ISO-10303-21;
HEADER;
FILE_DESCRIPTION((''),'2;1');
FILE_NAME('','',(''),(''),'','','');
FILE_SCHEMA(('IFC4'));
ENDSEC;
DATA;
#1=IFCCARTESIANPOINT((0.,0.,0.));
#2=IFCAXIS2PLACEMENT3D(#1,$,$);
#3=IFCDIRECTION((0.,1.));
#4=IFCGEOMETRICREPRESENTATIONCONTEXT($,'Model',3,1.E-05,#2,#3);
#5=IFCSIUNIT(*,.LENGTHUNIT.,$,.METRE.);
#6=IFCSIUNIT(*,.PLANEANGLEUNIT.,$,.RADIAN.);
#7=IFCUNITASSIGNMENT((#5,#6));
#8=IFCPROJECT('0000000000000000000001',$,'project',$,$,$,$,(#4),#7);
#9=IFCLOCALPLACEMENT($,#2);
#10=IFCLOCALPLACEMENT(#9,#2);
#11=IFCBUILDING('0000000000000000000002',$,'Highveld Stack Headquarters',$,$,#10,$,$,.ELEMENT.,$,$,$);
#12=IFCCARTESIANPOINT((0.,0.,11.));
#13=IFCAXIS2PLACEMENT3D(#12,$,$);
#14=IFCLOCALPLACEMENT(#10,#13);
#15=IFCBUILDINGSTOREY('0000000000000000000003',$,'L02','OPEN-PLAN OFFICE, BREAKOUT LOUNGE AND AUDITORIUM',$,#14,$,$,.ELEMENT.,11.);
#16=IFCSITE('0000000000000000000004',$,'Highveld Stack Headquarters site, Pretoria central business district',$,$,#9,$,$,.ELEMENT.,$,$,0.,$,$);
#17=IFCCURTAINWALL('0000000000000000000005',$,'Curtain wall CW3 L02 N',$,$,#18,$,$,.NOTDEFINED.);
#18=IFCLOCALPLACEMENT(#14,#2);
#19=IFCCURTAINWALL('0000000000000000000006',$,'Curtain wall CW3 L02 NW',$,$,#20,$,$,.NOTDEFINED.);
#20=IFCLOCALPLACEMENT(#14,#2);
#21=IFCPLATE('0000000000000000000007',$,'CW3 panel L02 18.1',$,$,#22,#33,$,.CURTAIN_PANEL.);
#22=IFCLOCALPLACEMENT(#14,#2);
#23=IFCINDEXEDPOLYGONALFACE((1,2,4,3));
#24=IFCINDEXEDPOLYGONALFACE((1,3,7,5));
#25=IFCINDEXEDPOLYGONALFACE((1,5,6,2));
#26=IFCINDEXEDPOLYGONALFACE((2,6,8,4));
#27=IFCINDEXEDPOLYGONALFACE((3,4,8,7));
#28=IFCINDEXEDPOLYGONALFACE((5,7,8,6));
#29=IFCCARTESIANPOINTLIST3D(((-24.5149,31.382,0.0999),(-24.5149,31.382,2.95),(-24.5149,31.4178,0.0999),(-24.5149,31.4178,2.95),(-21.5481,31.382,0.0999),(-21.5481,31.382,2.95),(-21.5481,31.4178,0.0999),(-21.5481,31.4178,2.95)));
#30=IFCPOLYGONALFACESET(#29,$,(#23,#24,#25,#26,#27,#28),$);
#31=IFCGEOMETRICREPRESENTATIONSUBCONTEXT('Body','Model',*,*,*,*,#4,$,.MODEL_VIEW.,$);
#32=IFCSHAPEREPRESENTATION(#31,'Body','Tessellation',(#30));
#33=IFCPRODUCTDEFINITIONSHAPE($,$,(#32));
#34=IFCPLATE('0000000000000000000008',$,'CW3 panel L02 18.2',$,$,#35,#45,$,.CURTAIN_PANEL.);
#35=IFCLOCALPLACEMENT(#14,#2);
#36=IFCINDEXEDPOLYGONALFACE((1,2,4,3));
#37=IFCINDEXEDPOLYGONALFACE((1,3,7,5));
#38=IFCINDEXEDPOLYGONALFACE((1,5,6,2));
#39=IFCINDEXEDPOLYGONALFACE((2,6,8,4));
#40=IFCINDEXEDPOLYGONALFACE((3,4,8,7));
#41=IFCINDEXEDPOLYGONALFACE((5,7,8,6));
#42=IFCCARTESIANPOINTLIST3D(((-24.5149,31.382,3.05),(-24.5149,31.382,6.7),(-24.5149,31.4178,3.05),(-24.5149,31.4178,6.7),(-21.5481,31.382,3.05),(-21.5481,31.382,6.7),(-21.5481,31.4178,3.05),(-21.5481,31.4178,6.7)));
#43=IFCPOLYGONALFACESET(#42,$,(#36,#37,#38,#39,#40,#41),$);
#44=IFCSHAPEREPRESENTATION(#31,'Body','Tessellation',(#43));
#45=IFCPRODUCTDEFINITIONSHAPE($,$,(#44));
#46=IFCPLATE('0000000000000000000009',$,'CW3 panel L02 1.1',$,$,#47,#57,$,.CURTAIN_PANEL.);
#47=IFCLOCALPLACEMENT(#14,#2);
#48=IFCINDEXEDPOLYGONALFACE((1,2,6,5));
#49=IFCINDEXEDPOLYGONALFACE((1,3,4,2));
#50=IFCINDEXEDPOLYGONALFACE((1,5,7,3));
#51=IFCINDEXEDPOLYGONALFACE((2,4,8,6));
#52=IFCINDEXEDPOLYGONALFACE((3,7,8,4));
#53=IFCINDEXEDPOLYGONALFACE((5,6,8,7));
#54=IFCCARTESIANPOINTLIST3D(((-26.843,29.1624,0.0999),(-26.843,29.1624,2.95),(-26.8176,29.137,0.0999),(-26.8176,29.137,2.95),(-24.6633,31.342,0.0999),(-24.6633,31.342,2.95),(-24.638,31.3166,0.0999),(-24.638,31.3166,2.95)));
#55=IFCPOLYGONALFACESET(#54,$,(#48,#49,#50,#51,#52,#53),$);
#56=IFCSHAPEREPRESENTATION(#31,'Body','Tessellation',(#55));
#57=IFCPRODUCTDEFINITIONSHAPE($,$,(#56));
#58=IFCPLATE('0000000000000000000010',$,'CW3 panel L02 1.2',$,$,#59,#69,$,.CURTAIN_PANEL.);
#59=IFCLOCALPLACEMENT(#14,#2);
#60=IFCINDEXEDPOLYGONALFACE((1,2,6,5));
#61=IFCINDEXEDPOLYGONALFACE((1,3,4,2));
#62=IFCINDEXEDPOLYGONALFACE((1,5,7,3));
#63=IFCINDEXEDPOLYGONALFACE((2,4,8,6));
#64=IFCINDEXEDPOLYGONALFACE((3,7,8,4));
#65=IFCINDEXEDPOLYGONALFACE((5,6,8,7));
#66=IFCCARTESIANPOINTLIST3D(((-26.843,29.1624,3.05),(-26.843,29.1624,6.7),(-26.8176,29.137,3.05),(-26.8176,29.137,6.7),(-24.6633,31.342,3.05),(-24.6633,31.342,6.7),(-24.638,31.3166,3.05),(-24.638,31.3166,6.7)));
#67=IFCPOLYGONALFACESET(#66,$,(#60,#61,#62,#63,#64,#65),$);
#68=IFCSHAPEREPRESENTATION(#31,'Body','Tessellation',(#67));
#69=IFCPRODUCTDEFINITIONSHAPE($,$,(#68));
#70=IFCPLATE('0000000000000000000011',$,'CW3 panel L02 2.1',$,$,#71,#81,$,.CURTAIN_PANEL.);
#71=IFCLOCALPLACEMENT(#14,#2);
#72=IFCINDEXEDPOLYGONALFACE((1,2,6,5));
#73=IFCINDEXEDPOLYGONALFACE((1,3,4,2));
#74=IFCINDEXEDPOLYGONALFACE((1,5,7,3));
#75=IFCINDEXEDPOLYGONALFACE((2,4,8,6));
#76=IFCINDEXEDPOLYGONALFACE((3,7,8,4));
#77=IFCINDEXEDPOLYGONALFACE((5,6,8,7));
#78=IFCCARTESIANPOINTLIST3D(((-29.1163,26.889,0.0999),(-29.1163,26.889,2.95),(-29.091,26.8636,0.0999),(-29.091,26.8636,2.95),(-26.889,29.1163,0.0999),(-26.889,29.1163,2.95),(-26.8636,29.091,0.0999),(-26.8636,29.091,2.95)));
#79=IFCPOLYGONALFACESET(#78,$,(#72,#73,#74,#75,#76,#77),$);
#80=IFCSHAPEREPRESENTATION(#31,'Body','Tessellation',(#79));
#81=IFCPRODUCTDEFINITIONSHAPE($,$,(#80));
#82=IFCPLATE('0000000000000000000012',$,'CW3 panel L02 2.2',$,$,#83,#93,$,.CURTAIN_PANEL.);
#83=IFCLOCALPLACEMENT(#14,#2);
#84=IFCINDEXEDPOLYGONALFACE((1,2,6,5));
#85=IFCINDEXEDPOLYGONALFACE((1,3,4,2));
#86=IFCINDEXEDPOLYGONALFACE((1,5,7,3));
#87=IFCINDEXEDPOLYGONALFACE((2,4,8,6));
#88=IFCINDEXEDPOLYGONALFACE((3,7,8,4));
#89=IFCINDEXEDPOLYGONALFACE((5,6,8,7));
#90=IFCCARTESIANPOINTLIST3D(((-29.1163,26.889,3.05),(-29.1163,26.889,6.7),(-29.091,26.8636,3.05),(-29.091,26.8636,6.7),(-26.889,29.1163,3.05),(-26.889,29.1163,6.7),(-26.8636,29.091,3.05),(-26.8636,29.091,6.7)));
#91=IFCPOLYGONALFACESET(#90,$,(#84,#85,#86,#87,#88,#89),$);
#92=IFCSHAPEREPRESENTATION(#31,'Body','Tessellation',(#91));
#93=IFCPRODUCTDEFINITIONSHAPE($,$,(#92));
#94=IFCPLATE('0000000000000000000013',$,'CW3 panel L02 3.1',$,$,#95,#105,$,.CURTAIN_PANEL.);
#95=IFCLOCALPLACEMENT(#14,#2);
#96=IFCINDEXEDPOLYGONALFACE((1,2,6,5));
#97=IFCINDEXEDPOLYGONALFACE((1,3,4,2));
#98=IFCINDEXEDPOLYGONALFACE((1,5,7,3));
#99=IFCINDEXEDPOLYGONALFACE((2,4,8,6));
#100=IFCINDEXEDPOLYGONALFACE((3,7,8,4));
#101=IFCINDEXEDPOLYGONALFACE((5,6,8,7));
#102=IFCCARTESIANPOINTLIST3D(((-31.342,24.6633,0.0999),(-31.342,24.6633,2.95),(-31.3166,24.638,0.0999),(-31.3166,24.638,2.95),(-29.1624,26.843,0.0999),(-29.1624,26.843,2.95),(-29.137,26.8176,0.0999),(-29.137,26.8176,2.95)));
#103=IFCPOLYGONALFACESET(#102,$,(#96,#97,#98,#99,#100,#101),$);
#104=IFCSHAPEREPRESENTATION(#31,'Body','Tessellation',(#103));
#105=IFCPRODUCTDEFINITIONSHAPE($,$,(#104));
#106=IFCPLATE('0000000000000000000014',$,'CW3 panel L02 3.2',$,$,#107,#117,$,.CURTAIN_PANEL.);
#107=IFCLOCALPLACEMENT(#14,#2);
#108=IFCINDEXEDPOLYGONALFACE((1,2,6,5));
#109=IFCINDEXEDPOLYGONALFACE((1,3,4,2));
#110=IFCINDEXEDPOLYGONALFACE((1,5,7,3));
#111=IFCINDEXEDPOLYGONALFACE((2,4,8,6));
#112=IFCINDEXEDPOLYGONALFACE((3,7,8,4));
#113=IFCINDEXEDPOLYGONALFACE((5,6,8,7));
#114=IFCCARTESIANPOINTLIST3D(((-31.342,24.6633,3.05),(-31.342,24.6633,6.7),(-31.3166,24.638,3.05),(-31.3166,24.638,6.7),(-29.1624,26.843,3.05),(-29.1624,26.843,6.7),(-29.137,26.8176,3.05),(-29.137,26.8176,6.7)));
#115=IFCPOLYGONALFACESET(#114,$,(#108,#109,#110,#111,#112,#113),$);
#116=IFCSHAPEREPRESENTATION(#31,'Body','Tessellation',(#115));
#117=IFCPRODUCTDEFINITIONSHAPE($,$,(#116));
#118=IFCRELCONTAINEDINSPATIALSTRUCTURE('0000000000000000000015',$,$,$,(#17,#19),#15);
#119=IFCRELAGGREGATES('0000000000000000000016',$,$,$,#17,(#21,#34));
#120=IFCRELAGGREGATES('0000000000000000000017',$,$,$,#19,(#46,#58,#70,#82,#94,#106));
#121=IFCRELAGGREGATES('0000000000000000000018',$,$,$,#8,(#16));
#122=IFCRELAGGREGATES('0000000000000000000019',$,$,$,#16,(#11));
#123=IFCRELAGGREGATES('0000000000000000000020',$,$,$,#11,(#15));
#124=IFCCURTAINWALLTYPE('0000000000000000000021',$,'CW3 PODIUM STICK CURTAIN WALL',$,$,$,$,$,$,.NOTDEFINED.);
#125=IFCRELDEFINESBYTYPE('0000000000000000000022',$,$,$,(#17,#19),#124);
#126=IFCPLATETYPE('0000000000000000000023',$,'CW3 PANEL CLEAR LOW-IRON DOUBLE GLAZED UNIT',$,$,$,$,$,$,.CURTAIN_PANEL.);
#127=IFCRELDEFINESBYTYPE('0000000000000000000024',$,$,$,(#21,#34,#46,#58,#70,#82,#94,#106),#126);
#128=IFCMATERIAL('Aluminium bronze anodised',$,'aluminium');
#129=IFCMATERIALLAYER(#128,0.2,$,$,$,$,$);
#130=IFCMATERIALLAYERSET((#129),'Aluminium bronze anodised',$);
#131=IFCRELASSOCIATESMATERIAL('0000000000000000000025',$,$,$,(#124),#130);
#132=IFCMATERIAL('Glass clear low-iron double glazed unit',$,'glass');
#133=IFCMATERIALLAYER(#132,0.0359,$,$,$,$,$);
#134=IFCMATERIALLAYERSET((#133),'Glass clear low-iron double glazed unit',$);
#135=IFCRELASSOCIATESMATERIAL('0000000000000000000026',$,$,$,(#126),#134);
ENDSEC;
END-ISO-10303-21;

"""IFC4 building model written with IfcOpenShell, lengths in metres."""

from ifc_helpers import new_model, si_unit, direction, frame, origin, origin_2d, place, context, subcontext, project, spatial, rectangle, extrude, material, layer, layer_set, type_object, element, aggregate, save


model = new_model("IFC4")

# Units and contexts
model_context = context("Model", 3, precision=1e-05, world=origin(), true_north=direction((0.0, 1.0)))
body_context = subcontext(model_context, "Body", "Model", "MODEL_VIEW")
ifc_project = project(units=[si_unit("LENGTHUNIT", "METRE"), si_unit("PLANEANGLEUNIT", "RADIAN")], contexts=[model_context])

# Site, building, storey
site_placement = place(None, origin())
site = spatial("IfcSite", under=ifc_project, at=site_placement, Name="Highveld Stack Headquarters site, Pretoria central business district", CompositionType="ELEMENT", RefElevation=0.0)
building_placement = place(site_placement, origin())
building = spatial("IfcBuilding", under=site, at=building_placement, Name="Highveld Stack Headquarters", CompositionType="ELEMENT")
storey_placement = place(building_placement, frame((0.0, 0.0, 11.0)))
storey = spatial("IfcBuildingStorey", under=building, at=storey_placement, Name="L02", Description="OPEN-PLAN OFFICE, BREAKOUT LOUNGE AND AUDITORIUM", CompositionType="ELEMENT", Elevation=11.0)

# Curtain wall
ifc_material_1 = material(Name="Aluminium bronze anodised", Category="aluminium")
ifc_layer_1 = layer(ifc_material_1, 0.2)
ifc_layer_set_1 = layer_set([ifc_layer_1], Name="Aluminium bronze anodised")
curtain_wall_type = type_object("IfcCurtainWallType", Name="CW3 PODIUM STICK CURTAIN WALL", PredefinedType="NOTDEFINED", material=ifc_layer_set_1)
curtain_wall_1_placement = place(storey_placement, origin())
curtain_wall_1 = element("IfcCurtainWall", 1, at=curtain_wall_1_placement, inside=storey, type_object=curtain_wall_type, Name="Curtain wall CW3 L02 N", PredefinedType="NOTDEFINED")

# Curtain wall
curtain_wall_2_placement = place(storey_placement, origin())
curtain_wall_2 = element("IfcCurtainWall", 2, at=curtain_wall_2_placement, inside=storey, type_object=curtain_wall_type, Name="Curtain wall CW3 L02 NW", PredefinedType="NOTDEFINED")

# Plates
ifc_material_2 = material(Name="Glass clear low-iron double glazed unit", Category="glass")
ifc_layer_2 = layer(ifc_material_2, 0.0359)
ifc_layer_set_2 = layer_set([ifc_layer_2], Name="Glass clear low-iron double glazed unit")
plate_type = type_object("IfcPlateType", Name="CW3 PANEL CLEAR LOW-IRON DOUBLE GLAZED UNIT", PredefinedType="CURTAIN_PANEL", material=ifc_layer_set_2)
plate_1_placement = place(storey_placement, frame((-23.0315, 31.3999, 0.0999), z_axis=(0.0, 0.0, 1.0), x_axis=(-1.0, 0.0, 0.0)))
plate_1 = element("IfcPlate", 3, at=plate_1_placement, type_object=plate_type, Name="CW3 panel L02 18.1", PredefinedType="CURTAIN_PANEL", context=body_context, shape_type="SweptSolid", body=[
    extrude(rectangle(XDim=2.9668, YDim=0.0359, at=origin_2d()), origin(), (0.0, 0.0, 1.0), 2.8501),
])
plate_2_placement = place(storey_placement, frame((-23.0315, 31.3999, 3.05), z_axis=(0.0, 0.0, 1.0), x_axis=(-1.0, 0.0, 0.0)))
plate_2 = element("IfcPlate", 4, at=plate_2_placement, type_object=plate_type, Name="CW3 panel L02 18.2", PredefinedType="CURTAIN_PANEL", context=body_context, shape_type="SweptSolid", body=[
    extrude(rectangle(XDim=2.9668, YDim=0.0359, at=origin_2d()), origin(), (0.0, 0.0, 1.0), 3.6499),
])
aggregate(curtain_wall_1, [plate_1, plate_2])
plate_3_placement = place(storey_placement, frame((-25.7405, 30.2395, 0.0999), z_axis=(0.0, 0.0, 1.0), x_axis=(-0.707107, -0.707107, 0.0)))
plate_3 = element("IfcPlate", 5, at=plate_3_placement, type_object=plate_type, Name="CW3 panel L02 1.1", PredefinedType="CURTAIN_PANEL", context=body_context, shape_type="SweptSolid", body=[
    extrude(rectangle(XDim=3.0825, YDim=0.0359, at=origin_2d()), origin(), (0.0, 0.0, 1.0), 2.8501),
])
plate_4_placement = place(storey_placement, frame((-25.7405, 30.2395, 3.05), z_axis=(0.0, 0.0, 1.0), x_axis=(-0.707107, -0.707107, 0.0)))
plate_4 = element("IfcPlate", 6, at=plate_4_placement, type_object=plate_type, Name="CW3 panel L02 1.2", PredefinedType="CURTAIN_PANEL", context=body_context, shape_type="SweptSolid", body=[
    extrude(rectangle(XDim=3.0825, YDim=0.0359, at=origin_2d()), origin(), (0.0, 0.0, 1.0), 3.6499),
])
plate_5_placement = place(storey_placement, frame((-27.99, 27.99, 0.0999), z_axis=(0.0, 0.0, 1.0), x_axis=(-0.707107, -0.707107, 0.0)))
plate_5 = element("IfcPlate", 7, at=plate_5_placement, type_object=plate_type, Name="CW3 panel L02 2.1", PredefinedType="CURTAIN_PANEL", context=body_context, shape_type="SweptSolid", body=[
    extrude(rectangle(XDim=3.1499, YDim=0.0359, at=origin_2d()), origin(), (0.0, 0.0, 1.0), 2.8501),
])
plate_6_placement = place(storey_placement, frame((-27.99, 27.99, 3.05), z_axis=(0.0, 0.0, 1.0), x_axis=(-0.707107, -0.707107, 0.0)))
plate_6 = element("IfcPlate", 8, at=plate_6_placement, type_object=plate_type, Name="CW3 panel L02 2.2", PredefinedType="CURTAIN_PANEL", context=body_context, shape_type="SweptSolid", body=[
    extrude(rectangle(XDim=3.1499, YDim=0.0359, at=origin_2d()), origin(), (0.0, 0.0, 1.0), 3.6499),
])
plate_7_placement = place(storey_placement, frame((-30.2395, 25.7405, 0.0999), z_axis=(0.0, 0.0, 1.0), x_axis=(-0.707107, -0.707107, 0.0)))
plate_7 = element("IfcPlate", 9, at=plate_7_placement, type_object=plate_type, Name="CW3 panel L02 3.1", PredefinedType="CURTAIN_PANEL", context=body_context, shape_type="SweptSolid", body=[
    extrude(rectangle(XDim=3.0825, YDim=0.0359, at=origin_2d()), origin(), (0.0, 0.0, 1.0), 2.8501),
])
plate_8_placement = place(storey_placement, frame((-30.2395, 25.7405, 3.05), z_axis=(0.0, 0.0, 1.0), x_axis=(-0.707107, -0.707107, 0.0)))
plate_8 = element("IfcPlate", 10, at=plate_8_placement, type_object=plate_type, Name="CW3 panel L02 3.2", PredefinedType="CURTAIN_PANEL", context=body_context, shape_type="SweptSolid", body=[
    extrude(rectangle(XDim=3.0825, YDim=0.0359, at=origin_2d()), origin(), (0.0, 0.0, 1.0), 3.6499),
])
aggregate(curtain_wall_2, [plate_3, plate_4, plate_5, plate_6, plate_7, plate_8])

save(model, "model.ifc")
